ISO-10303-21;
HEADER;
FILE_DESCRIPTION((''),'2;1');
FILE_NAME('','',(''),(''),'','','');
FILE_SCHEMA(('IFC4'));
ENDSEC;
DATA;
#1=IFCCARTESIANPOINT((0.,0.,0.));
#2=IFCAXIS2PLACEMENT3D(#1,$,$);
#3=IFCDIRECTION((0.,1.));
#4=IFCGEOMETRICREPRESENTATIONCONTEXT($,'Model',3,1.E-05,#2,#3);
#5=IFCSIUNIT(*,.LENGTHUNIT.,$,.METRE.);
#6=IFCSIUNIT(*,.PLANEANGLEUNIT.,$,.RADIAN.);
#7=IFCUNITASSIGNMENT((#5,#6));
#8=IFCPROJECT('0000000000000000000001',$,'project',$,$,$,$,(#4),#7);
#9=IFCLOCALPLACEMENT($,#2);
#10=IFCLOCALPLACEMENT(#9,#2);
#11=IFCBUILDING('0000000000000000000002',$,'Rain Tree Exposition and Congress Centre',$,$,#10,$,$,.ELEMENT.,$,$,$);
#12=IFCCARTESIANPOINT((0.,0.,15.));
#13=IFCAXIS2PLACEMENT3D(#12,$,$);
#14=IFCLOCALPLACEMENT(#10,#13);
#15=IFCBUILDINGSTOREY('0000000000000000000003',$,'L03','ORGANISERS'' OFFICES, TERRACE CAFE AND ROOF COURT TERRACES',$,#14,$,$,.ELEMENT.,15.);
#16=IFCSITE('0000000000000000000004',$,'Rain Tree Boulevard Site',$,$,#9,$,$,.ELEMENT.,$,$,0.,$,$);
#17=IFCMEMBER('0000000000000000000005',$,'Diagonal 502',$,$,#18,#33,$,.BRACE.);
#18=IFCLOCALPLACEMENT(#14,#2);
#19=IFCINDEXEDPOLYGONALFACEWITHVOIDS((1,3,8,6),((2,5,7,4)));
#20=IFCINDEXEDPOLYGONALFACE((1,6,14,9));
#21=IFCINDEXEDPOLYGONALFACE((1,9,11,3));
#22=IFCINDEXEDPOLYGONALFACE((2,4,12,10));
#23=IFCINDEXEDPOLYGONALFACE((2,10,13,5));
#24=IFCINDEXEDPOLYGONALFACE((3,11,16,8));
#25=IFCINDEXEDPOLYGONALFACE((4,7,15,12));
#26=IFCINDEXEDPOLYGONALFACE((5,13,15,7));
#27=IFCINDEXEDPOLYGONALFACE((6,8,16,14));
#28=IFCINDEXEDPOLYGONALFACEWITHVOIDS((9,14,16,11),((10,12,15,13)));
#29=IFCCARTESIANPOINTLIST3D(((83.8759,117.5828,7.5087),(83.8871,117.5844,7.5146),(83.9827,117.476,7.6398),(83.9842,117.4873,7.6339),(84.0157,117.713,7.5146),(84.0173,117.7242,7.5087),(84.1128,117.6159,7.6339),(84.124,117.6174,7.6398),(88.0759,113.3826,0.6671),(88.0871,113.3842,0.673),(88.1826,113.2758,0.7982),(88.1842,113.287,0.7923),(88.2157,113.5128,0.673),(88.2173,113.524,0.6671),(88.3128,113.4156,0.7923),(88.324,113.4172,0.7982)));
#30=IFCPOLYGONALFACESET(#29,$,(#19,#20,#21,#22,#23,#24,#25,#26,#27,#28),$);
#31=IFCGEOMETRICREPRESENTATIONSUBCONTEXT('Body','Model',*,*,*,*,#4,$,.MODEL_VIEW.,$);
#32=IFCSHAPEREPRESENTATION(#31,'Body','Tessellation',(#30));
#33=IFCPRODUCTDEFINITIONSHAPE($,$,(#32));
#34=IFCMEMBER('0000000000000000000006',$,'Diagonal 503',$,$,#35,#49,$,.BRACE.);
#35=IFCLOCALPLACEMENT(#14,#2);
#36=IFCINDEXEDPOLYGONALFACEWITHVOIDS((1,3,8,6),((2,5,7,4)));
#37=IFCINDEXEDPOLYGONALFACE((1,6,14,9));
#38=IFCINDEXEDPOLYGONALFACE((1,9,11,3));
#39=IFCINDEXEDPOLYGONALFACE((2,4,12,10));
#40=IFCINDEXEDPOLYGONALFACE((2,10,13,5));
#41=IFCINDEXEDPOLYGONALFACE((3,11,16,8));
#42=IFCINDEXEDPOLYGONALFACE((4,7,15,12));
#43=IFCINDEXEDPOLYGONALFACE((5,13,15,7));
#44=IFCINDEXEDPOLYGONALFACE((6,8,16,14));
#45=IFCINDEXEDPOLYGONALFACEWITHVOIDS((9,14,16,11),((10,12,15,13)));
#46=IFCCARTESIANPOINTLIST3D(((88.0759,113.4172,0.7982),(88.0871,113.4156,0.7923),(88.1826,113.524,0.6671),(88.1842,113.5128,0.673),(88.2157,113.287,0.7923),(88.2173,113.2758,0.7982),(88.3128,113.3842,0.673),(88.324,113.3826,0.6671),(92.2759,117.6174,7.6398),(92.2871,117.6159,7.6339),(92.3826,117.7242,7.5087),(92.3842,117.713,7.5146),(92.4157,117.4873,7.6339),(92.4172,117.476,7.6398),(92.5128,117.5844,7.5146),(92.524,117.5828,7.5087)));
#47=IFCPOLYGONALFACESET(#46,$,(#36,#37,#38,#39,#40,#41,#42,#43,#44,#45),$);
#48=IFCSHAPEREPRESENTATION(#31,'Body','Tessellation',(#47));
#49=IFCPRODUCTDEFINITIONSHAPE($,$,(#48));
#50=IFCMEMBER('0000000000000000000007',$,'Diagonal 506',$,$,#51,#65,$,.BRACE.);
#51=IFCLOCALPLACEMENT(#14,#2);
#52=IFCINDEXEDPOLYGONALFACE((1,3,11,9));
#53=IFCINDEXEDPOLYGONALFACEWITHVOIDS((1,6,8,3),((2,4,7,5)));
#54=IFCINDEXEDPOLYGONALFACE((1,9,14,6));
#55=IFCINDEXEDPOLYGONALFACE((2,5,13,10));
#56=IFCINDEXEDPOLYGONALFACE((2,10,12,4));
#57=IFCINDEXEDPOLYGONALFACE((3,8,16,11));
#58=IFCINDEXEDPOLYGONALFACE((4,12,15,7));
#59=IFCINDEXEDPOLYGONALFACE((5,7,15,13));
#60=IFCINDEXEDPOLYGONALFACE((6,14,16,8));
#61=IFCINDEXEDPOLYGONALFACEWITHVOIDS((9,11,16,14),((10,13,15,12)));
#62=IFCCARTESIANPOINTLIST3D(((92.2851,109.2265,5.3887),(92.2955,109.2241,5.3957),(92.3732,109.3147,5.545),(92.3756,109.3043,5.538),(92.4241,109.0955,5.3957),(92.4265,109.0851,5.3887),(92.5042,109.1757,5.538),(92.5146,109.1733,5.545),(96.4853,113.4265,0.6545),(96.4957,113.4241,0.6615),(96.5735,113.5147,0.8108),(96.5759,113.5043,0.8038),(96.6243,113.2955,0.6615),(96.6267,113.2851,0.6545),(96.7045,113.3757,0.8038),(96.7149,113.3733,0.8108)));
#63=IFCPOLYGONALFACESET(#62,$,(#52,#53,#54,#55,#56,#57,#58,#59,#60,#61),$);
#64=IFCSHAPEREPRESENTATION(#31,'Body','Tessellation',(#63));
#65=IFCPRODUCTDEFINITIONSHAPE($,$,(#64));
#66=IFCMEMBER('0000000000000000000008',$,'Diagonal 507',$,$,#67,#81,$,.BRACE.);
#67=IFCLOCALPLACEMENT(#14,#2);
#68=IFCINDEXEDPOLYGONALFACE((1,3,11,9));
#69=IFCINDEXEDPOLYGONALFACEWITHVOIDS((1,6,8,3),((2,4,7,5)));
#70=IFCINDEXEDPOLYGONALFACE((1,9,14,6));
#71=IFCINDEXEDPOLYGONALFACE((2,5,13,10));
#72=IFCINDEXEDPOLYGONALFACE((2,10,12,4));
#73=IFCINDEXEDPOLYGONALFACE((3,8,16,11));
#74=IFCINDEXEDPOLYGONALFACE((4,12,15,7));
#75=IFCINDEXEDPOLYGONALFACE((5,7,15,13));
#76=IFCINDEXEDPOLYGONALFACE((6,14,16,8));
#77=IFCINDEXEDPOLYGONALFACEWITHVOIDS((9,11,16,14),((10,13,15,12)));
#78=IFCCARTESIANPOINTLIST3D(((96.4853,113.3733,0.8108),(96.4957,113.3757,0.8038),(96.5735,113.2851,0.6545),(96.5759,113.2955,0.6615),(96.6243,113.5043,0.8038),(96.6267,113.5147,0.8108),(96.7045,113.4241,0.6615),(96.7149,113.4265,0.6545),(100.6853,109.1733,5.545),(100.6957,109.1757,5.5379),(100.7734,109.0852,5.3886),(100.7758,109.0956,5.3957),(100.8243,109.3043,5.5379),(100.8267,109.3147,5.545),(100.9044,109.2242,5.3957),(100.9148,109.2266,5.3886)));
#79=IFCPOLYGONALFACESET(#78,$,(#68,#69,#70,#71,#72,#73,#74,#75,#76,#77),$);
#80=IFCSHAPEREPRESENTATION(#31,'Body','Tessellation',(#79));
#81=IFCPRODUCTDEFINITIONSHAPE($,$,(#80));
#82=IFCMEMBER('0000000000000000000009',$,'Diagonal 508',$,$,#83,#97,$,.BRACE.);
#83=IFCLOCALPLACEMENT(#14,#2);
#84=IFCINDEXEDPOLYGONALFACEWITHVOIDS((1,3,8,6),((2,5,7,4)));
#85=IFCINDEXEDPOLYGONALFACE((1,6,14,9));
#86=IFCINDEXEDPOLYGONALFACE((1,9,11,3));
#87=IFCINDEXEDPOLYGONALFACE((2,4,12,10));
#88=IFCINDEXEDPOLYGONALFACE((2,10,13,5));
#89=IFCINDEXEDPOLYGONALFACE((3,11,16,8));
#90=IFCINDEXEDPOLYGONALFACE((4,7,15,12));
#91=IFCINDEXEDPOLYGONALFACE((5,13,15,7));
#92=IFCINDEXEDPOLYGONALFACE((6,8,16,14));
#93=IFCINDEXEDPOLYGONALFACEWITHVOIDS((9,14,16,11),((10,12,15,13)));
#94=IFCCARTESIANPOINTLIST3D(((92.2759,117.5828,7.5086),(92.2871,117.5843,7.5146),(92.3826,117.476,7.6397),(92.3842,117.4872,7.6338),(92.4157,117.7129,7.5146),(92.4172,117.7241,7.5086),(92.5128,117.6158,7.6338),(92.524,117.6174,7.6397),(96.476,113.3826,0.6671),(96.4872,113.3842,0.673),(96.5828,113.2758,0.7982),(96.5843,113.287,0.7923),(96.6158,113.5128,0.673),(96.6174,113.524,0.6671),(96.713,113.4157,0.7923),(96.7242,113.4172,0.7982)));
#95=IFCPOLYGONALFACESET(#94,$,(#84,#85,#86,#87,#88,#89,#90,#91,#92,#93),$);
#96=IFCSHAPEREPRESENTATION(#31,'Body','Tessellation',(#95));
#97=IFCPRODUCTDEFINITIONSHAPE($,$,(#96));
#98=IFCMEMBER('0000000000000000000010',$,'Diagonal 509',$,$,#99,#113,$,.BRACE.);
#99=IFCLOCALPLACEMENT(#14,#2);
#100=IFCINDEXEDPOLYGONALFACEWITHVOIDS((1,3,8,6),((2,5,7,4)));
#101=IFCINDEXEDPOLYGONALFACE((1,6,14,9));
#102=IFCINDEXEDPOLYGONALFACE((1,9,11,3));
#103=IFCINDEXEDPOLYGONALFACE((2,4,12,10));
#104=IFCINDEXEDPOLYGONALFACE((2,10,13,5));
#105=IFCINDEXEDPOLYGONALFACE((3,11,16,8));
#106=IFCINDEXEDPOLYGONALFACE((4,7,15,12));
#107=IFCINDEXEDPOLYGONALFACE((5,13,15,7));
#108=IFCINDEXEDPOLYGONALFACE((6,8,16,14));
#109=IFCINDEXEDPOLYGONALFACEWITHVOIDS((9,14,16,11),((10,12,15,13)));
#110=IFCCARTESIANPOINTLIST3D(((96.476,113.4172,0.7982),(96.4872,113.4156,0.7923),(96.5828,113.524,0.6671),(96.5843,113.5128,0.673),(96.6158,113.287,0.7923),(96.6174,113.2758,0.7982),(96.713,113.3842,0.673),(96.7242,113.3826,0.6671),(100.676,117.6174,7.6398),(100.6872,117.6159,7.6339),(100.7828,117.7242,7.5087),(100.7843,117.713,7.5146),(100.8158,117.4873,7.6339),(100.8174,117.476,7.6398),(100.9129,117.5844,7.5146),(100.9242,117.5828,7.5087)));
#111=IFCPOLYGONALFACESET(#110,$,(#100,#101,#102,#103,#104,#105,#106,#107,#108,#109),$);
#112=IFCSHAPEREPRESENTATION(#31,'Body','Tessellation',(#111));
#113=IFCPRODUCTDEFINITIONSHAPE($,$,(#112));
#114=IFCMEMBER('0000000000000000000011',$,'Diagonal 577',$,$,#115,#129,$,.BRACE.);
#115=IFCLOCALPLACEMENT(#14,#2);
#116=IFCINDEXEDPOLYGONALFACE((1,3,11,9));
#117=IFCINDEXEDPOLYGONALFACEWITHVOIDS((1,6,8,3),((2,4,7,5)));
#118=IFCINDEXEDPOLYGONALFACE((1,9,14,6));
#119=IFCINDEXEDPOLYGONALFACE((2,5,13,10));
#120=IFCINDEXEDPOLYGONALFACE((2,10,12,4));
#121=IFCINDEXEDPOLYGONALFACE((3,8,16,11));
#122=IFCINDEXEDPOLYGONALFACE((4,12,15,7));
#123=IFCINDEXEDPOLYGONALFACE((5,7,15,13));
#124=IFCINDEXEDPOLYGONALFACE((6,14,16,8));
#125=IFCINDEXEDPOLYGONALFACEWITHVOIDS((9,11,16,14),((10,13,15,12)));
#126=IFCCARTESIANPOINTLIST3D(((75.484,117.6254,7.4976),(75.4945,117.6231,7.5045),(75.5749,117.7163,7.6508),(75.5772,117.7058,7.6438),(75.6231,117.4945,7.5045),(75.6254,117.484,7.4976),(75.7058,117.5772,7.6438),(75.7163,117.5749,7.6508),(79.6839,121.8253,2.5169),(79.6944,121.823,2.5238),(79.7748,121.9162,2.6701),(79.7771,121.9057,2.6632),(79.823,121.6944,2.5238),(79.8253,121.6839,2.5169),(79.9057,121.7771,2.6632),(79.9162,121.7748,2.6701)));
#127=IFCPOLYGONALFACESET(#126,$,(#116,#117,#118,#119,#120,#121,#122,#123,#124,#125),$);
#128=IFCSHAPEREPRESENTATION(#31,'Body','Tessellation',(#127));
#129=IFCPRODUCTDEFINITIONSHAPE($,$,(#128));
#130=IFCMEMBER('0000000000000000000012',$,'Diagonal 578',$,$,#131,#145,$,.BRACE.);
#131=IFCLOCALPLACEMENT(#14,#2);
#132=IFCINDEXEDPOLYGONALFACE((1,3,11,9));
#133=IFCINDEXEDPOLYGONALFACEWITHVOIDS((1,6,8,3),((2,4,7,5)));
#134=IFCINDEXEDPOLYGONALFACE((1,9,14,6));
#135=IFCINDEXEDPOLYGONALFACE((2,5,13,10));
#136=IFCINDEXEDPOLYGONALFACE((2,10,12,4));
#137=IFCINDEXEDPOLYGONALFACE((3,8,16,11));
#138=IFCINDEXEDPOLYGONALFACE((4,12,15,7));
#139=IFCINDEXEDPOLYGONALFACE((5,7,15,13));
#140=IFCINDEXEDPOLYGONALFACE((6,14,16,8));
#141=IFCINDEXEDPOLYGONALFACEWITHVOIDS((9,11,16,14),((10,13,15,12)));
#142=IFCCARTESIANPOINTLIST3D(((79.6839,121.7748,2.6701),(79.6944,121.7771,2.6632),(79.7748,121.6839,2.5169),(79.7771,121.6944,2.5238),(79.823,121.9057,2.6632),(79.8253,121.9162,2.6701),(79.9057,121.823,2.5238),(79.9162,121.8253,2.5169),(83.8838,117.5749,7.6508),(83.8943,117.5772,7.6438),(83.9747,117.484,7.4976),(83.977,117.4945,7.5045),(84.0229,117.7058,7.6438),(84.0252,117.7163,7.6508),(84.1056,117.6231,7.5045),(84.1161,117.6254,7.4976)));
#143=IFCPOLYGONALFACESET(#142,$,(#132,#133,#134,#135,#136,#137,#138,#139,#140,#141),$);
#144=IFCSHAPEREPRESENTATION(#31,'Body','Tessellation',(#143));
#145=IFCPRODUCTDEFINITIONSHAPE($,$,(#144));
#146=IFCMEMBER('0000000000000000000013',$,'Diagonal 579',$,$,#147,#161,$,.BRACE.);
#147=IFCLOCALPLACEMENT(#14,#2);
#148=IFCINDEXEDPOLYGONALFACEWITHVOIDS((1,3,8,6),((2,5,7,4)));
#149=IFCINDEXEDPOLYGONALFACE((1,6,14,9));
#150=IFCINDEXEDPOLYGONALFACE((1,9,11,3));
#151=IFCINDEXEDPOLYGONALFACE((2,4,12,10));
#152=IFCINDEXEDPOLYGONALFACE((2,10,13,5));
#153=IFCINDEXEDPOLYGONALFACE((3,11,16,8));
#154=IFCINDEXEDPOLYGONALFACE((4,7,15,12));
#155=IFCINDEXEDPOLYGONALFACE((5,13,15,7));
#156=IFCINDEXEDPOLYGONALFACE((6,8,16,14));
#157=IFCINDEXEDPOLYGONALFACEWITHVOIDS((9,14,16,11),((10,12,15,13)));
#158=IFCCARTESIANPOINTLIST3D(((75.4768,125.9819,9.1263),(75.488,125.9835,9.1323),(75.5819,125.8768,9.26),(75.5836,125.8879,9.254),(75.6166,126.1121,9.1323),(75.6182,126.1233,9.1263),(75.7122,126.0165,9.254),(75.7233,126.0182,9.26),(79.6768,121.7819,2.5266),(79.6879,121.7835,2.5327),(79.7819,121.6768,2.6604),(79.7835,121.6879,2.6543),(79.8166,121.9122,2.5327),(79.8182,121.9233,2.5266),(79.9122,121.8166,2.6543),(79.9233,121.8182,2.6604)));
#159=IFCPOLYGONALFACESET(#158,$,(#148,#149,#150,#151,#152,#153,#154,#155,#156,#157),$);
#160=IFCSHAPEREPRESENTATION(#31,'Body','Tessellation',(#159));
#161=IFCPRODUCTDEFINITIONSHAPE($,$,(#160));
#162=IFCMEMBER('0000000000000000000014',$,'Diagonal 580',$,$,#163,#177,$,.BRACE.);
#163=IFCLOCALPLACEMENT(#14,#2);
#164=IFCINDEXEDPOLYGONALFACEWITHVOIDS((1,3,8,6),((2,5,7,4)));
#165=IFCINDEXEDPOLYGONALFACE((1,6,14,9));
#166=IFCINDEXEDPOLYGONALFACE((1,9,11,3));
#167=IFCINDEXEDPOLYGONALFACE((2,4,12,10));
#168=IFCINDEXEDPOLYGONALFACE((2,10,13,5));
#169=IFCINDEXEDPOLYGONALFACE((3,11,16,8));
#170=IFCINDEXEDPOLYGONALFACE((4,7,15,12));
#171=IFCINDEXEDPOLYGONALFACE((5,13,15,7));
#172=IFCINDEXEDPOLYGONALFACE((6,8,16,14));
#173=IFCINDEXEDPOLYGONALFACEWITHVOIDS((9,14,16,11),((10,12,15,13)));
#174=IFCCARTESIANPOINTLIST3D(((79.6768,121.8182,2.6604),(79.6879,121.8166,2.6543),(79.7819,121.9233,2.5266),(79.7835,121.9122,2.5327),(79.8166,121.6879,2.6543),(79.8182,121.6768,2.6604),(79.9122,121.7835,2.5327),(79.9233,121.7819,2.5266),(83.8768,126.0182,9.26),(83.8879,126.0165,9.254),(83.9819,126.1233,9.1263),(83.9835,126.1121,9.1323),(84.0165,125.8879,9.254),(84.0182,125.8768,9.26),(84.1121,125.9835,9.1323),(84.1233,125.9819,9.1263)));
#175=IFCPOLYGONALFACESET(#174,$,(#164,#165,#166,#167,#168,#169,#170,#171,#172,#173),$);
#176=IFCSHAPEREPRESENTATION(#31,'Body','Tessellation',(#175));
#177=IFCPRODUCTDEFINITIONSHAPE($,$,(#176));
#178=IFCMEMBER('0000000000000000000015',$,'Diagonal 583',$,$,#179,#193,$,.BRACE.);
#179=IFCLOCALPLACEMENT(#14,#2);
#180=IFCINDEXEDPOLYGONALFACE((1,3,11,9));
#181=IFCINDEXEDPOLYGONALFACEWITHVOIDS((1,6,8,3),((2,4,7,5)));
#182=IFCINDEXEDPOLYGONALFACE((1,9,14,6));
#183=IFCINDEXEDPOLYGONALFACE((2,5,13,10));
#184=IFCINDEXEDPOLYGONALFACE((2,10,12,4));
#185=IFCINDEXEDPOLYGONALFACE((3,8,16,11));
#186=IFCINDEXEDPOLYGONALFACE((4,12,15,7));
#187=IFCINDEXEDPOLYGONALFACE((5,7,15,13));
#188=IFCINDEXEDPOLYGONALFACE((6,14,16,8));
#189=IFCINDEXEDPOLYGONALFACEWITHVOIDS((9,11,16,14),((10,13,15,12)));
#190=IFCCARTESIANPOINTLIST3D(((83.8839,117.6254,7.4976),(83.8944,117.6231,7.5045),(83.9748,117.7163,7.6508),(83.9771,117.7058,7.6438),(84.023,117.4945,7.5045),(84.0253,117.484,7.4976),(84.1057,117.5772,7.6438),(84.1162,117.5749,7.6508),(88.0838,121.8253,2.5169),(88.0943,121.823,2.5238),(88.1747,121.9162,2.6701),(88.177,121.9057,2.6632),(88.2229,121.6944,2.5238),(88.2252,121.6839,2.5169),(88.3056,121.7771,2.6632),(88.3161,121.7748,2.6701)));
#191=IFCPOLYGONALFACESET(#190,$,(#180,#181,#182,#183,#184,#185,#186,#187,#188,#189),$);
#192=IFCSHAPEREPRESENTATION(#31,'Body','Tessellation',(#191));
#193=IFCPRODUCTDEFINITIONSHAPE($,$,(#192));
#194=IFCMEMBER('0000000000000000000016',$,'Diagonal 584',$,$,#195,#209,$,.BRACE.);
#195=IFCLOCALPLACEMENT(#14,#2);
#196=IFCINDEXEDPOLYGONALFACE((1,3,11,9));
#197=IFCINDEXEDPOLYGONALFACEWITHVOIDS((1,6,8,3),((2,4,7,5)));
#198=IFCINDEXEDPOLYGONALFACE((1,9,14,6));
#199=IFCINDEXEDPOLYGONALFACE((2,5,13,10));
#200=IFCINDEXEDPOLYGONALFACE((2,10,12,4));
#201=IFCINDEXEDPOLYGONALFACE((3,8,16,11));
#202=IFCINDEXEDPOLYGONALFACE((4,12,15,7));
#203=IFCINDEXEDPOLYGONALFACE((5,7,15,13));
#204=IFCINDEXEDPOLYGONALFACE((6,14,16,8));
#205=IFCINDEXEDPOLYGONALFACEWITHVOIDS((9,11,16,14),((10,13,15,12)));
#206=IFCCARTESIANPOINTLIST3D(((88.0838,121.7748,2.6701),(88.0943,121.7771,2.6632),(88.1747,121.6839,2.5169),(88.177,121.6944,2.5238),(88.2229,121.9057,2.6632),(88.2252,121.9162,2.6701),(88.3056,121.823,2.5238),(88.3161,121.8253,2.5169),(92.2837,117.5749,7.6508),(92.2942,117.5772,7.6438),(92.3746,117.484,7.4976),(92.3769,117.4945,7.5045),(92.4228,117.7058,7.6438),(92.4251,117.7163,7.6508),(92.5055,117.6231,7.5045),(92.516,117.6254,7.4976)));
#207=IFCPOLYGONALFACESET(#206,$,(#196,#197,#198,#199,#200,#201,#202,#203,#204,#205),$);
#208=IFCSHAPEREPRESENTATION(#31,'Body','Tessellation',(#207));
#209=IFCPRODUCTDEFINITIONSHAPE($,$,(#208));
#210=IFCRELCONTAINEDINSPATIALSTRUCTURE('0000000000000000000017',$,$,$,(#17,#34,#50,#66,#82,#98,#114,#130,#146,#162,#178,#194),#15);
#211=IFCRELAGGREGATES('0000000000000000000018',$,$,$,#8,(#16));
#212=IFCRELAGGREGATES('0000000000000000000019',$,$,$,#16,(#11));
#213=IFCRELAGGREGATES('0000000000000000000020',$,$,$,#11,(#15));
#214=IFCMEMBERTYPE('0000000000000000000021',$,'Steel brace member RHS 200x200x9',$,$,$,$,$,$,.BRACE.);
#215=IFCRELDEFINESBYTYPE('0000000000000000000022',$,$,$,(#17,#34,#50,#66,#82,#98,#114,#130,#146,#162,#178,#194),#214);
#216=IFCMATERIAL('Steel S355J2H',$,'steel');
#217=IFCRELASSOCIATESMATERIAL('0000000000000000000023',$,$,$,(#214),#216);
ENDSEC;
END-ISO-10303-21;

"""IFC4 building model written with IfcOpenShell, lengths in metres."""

from ifc_helpers import new_model, si_unit, direction, frame, origin, origin_2d, place, context, subcontext, project, spatial, hollow_rectangle, extrude, material, material_profile, profile_set, type_object, element, save


model = new_model("IFC4")

# Units and contexts
model_context = context("Model", 3, precision=1e-05, world=origin(), true_north=direction((0.0, 1.0)))
body_context = subcontext(model_context, "Body", "Model", "MODEL_VIEW")
ifc_project = project(units=[si_unit("LENGTHUNIT", "METRE"), si_unit("PLANEANGLEUNIT", "RADIAN")], contexts=[model_context])

# Site, building, storey
site_placement = place(None, origin())
site = spatial("IfcSite", under=ifc_project, at=site_placement, Name="Rain Tree Boulevard Site", CompositionType="ELEMENT", RefElevation=0.0)
building_placement = place(site_placement, origin())
building = spatial("IfcBuilding", under=site, at=building_placement, Name="Rain Tree Exposition and Congress Centre", CompositionType="ELEMENT")
storey_placement = place(building_placement, frame((0.0, 0.0, 15.0)))
storey = spatial("IfcBuildingStorey", under=building, at=storey_placement, Name="L03", Description="ORGANISERS' OFFICES, TERRACE CAFE AND ROOF COURT TERRACES", CompositionType="ELEMENT", Elevation=15.0)

# Members
ifc_material_1 = material(Name="Steel S355J2H", Category="steel")
ifc_material_profile_1 = material_profile(ifc_material_1, hollow_rectangle(XDim=0.2, YDim=0.2, WallThickness=0.009, at=origin_2d()), Name="RHS 200x200x9")
ifc_profile_set_1 = profile_set([ifc_material_profile_1], Name="Steel S355J2H")
member_type_1 = type_object("IfcMemberType", Name="Steel brace member RHS 200x200x9", PredefinedType="BRACE", material=ifc_profile_set_1)
for number, where, z_axis, x_axis, name in (
    (1, (88.2, 113.3999, 0.7327), (-0.463558, 0.463585, 0.755118), (-0.707127, -0.707086, 0.0), "Diagonal 502"),
    (2, (88.2, 113.3999, 0.7327), (0.463558, 0.463585, 0.755118), (-0.707127, 0.707086, 0.0), "Diagonal 503"),
):
    element("IfcMember", number, at=place(storey_placement, frame(where, z_axis=z_axis, x_axis=x_axis)), inside=storey, type_object=member_type_1, Name=name, PredefinedType="BRACE", context=body_context, shape_type="SweptSolid", body=[
        extrude(hollow_rectangle(XDim=0.2, YDim=0.2, WallThickness=0.009, at=origin_2d()), origin(), (0.0, 0.0, 1.0), 9.0603),
    ])
member_1_placement = place(storey_placement, frame((96.6001, 113.3999, 0.7327), z_axis=(-0.552977, -0.552945, 0.623272), x_axis=(0.707086, -0.707127, 0.0)))
element("IfcMember", 3, at=member_1_placement, inside=storey, type_object=member_type_1, Name="Diagonal 506", PredefinedType="BRACE", context=body_context, shape_type="SweptSolid", body=[
    extrude(hollow_rectangle(XDim=0.2, YDim=0.2, WallThickness=0.009, at=origin_2d()), origin(), (0.0, 0.0, 1.0), 7.5957),
])
member_2_placement = place(storey_placement, frame((96.6001, 113.3999, 0.7327), z_axis=(0.552955, -0.552955, 0.623283), x_axis=(0.707107, 0.707107, 0.0)))
element("IfcMember", 4, at=member_2_placement, inside=storey, type_object=member_type_1, Name="Diagonal 507", PredefinedType="BRACE", context=body_context, shape_type="SweptSolid", body=[
    extrude(hollow_rectangle(XDim=0.2, YDim=0.2, WallThickness=0.009, at=origin_2d()), origin(), (0.0, 0.0, 1.0), 7.5955),
])
for number, where, z_axis, x_axis, name in (
    (5, (96.6001, 113.3999, 0.7327), (-0.463579, 0.463579, 0.755108), (-0.707107, -0.707107, 0.0), "Diagonal 508"),
    (6, (96.6001, 113.3999, 0.7327), (0.463558, 0.463585, 0.755118), (-0.707127, 0.707086, 0.0), "Diagonal 509"),
):
    element("IfcMember", number, at=place(storey_placement, frame(where, z_axis=z_axis, x_axis=x_axis)), inside=storey, type_object=member_type_1, Name=name, PredefinedType="BRACE", context=body_context, shape_type="SweptSolid", body=[
        extrude(hollow_rectangle(XDim=0.2, YDim=0.2, WallThickness=0.009, at=origin_2d()), origin(), (0.0, 0.0, 1.0), 9.0603),
    ])
for number, where, z_axis, x_axis, name in (
    (7, (79.8, 121.8, 2.5935), (-0.54182, -0.54182, 0.642543), (0.707107, -0.707107, 0.0), "Diagonal 577"),
    (8, (79.8, 121.8, 2.5935), (0.54182, -0.54182, 0.642543), (0.707107, 0.707107, 0.0), "Diagonal 578"),
):
    element("IfcMember", number, at=place(storey_placement, frame(where, z_axis=z_axis, x_axis=x_axis)), inside=storey, type_object=member_type_1, Name=name, PredefinedType="BRACE", context=body_context, shape_type="SweptSolid", body=[
        extrude(hollow_rectangle(XDim=0.2, YDim=0.2, WallThickness=0.009, at=origin_2d()), origin(), (0.0, 0.0, 1.0), 7.7515),
    ])
for number, where, z_axis, x_axis, name in (
    (9, (79.8, 121.8, 2.5935), (-0.473029, 0.473029, 0.743295), (-0.707107, -0.707107, 0.0), "Diagonal 579"),
    (10, (79.8, 121.8, 2.5935), (0.473029, 0.473029, 0.743295), (-0.707107, 0.707107, 0.0), "Diagonal 580"),
):
    element("IfcMember", number, at=place(storey_placement, frame(where, z_axis=z_axis, x_axis=x_axis)), inside=storey, type_object=member_type_1, Name=name, PredefinedType="BRACE", context=body_context, shape_type="SweptSolid", body=[
        extrude(hollow_rectangle(XDim=0.2, YDim=0.2, WallThickness=0.009, at=origin_2d()), origin(), (0.0, 0.0, 1.0), 8.8789),
    ])
for number, where, z_axis, x_axis, name in (
    (11, (88.2, 121.8, 2.5935), (-0.54182, -0.54182, 0.642543), (0.707107, -0.707107, 0.0), "Diagonal 583"),
    (12, (88.2, 121.8, 2.5935), (0.54182, -0.54182, 0.642543), (0.707107, 0.707107, 0.0), "Diagonal 584"),
):
    element("IfcMember", number, at=place(storey_placement, frame(where, z_axis=z_axis, x_axis=x_axis)), inside=storey, type_object=member_type_1, Name=name, PredefinedType="BRACE", context=body_context, shape_type="SweptSolid", body=[
        extrude(hollow_rectangle(XDim=0.2, YDim=0.2, WallThickness=0.009, at=origin_2d()), origin(), (0.0, 0.0, 1.0), 7.7515),
    ])

save(model, "model.ifc")
